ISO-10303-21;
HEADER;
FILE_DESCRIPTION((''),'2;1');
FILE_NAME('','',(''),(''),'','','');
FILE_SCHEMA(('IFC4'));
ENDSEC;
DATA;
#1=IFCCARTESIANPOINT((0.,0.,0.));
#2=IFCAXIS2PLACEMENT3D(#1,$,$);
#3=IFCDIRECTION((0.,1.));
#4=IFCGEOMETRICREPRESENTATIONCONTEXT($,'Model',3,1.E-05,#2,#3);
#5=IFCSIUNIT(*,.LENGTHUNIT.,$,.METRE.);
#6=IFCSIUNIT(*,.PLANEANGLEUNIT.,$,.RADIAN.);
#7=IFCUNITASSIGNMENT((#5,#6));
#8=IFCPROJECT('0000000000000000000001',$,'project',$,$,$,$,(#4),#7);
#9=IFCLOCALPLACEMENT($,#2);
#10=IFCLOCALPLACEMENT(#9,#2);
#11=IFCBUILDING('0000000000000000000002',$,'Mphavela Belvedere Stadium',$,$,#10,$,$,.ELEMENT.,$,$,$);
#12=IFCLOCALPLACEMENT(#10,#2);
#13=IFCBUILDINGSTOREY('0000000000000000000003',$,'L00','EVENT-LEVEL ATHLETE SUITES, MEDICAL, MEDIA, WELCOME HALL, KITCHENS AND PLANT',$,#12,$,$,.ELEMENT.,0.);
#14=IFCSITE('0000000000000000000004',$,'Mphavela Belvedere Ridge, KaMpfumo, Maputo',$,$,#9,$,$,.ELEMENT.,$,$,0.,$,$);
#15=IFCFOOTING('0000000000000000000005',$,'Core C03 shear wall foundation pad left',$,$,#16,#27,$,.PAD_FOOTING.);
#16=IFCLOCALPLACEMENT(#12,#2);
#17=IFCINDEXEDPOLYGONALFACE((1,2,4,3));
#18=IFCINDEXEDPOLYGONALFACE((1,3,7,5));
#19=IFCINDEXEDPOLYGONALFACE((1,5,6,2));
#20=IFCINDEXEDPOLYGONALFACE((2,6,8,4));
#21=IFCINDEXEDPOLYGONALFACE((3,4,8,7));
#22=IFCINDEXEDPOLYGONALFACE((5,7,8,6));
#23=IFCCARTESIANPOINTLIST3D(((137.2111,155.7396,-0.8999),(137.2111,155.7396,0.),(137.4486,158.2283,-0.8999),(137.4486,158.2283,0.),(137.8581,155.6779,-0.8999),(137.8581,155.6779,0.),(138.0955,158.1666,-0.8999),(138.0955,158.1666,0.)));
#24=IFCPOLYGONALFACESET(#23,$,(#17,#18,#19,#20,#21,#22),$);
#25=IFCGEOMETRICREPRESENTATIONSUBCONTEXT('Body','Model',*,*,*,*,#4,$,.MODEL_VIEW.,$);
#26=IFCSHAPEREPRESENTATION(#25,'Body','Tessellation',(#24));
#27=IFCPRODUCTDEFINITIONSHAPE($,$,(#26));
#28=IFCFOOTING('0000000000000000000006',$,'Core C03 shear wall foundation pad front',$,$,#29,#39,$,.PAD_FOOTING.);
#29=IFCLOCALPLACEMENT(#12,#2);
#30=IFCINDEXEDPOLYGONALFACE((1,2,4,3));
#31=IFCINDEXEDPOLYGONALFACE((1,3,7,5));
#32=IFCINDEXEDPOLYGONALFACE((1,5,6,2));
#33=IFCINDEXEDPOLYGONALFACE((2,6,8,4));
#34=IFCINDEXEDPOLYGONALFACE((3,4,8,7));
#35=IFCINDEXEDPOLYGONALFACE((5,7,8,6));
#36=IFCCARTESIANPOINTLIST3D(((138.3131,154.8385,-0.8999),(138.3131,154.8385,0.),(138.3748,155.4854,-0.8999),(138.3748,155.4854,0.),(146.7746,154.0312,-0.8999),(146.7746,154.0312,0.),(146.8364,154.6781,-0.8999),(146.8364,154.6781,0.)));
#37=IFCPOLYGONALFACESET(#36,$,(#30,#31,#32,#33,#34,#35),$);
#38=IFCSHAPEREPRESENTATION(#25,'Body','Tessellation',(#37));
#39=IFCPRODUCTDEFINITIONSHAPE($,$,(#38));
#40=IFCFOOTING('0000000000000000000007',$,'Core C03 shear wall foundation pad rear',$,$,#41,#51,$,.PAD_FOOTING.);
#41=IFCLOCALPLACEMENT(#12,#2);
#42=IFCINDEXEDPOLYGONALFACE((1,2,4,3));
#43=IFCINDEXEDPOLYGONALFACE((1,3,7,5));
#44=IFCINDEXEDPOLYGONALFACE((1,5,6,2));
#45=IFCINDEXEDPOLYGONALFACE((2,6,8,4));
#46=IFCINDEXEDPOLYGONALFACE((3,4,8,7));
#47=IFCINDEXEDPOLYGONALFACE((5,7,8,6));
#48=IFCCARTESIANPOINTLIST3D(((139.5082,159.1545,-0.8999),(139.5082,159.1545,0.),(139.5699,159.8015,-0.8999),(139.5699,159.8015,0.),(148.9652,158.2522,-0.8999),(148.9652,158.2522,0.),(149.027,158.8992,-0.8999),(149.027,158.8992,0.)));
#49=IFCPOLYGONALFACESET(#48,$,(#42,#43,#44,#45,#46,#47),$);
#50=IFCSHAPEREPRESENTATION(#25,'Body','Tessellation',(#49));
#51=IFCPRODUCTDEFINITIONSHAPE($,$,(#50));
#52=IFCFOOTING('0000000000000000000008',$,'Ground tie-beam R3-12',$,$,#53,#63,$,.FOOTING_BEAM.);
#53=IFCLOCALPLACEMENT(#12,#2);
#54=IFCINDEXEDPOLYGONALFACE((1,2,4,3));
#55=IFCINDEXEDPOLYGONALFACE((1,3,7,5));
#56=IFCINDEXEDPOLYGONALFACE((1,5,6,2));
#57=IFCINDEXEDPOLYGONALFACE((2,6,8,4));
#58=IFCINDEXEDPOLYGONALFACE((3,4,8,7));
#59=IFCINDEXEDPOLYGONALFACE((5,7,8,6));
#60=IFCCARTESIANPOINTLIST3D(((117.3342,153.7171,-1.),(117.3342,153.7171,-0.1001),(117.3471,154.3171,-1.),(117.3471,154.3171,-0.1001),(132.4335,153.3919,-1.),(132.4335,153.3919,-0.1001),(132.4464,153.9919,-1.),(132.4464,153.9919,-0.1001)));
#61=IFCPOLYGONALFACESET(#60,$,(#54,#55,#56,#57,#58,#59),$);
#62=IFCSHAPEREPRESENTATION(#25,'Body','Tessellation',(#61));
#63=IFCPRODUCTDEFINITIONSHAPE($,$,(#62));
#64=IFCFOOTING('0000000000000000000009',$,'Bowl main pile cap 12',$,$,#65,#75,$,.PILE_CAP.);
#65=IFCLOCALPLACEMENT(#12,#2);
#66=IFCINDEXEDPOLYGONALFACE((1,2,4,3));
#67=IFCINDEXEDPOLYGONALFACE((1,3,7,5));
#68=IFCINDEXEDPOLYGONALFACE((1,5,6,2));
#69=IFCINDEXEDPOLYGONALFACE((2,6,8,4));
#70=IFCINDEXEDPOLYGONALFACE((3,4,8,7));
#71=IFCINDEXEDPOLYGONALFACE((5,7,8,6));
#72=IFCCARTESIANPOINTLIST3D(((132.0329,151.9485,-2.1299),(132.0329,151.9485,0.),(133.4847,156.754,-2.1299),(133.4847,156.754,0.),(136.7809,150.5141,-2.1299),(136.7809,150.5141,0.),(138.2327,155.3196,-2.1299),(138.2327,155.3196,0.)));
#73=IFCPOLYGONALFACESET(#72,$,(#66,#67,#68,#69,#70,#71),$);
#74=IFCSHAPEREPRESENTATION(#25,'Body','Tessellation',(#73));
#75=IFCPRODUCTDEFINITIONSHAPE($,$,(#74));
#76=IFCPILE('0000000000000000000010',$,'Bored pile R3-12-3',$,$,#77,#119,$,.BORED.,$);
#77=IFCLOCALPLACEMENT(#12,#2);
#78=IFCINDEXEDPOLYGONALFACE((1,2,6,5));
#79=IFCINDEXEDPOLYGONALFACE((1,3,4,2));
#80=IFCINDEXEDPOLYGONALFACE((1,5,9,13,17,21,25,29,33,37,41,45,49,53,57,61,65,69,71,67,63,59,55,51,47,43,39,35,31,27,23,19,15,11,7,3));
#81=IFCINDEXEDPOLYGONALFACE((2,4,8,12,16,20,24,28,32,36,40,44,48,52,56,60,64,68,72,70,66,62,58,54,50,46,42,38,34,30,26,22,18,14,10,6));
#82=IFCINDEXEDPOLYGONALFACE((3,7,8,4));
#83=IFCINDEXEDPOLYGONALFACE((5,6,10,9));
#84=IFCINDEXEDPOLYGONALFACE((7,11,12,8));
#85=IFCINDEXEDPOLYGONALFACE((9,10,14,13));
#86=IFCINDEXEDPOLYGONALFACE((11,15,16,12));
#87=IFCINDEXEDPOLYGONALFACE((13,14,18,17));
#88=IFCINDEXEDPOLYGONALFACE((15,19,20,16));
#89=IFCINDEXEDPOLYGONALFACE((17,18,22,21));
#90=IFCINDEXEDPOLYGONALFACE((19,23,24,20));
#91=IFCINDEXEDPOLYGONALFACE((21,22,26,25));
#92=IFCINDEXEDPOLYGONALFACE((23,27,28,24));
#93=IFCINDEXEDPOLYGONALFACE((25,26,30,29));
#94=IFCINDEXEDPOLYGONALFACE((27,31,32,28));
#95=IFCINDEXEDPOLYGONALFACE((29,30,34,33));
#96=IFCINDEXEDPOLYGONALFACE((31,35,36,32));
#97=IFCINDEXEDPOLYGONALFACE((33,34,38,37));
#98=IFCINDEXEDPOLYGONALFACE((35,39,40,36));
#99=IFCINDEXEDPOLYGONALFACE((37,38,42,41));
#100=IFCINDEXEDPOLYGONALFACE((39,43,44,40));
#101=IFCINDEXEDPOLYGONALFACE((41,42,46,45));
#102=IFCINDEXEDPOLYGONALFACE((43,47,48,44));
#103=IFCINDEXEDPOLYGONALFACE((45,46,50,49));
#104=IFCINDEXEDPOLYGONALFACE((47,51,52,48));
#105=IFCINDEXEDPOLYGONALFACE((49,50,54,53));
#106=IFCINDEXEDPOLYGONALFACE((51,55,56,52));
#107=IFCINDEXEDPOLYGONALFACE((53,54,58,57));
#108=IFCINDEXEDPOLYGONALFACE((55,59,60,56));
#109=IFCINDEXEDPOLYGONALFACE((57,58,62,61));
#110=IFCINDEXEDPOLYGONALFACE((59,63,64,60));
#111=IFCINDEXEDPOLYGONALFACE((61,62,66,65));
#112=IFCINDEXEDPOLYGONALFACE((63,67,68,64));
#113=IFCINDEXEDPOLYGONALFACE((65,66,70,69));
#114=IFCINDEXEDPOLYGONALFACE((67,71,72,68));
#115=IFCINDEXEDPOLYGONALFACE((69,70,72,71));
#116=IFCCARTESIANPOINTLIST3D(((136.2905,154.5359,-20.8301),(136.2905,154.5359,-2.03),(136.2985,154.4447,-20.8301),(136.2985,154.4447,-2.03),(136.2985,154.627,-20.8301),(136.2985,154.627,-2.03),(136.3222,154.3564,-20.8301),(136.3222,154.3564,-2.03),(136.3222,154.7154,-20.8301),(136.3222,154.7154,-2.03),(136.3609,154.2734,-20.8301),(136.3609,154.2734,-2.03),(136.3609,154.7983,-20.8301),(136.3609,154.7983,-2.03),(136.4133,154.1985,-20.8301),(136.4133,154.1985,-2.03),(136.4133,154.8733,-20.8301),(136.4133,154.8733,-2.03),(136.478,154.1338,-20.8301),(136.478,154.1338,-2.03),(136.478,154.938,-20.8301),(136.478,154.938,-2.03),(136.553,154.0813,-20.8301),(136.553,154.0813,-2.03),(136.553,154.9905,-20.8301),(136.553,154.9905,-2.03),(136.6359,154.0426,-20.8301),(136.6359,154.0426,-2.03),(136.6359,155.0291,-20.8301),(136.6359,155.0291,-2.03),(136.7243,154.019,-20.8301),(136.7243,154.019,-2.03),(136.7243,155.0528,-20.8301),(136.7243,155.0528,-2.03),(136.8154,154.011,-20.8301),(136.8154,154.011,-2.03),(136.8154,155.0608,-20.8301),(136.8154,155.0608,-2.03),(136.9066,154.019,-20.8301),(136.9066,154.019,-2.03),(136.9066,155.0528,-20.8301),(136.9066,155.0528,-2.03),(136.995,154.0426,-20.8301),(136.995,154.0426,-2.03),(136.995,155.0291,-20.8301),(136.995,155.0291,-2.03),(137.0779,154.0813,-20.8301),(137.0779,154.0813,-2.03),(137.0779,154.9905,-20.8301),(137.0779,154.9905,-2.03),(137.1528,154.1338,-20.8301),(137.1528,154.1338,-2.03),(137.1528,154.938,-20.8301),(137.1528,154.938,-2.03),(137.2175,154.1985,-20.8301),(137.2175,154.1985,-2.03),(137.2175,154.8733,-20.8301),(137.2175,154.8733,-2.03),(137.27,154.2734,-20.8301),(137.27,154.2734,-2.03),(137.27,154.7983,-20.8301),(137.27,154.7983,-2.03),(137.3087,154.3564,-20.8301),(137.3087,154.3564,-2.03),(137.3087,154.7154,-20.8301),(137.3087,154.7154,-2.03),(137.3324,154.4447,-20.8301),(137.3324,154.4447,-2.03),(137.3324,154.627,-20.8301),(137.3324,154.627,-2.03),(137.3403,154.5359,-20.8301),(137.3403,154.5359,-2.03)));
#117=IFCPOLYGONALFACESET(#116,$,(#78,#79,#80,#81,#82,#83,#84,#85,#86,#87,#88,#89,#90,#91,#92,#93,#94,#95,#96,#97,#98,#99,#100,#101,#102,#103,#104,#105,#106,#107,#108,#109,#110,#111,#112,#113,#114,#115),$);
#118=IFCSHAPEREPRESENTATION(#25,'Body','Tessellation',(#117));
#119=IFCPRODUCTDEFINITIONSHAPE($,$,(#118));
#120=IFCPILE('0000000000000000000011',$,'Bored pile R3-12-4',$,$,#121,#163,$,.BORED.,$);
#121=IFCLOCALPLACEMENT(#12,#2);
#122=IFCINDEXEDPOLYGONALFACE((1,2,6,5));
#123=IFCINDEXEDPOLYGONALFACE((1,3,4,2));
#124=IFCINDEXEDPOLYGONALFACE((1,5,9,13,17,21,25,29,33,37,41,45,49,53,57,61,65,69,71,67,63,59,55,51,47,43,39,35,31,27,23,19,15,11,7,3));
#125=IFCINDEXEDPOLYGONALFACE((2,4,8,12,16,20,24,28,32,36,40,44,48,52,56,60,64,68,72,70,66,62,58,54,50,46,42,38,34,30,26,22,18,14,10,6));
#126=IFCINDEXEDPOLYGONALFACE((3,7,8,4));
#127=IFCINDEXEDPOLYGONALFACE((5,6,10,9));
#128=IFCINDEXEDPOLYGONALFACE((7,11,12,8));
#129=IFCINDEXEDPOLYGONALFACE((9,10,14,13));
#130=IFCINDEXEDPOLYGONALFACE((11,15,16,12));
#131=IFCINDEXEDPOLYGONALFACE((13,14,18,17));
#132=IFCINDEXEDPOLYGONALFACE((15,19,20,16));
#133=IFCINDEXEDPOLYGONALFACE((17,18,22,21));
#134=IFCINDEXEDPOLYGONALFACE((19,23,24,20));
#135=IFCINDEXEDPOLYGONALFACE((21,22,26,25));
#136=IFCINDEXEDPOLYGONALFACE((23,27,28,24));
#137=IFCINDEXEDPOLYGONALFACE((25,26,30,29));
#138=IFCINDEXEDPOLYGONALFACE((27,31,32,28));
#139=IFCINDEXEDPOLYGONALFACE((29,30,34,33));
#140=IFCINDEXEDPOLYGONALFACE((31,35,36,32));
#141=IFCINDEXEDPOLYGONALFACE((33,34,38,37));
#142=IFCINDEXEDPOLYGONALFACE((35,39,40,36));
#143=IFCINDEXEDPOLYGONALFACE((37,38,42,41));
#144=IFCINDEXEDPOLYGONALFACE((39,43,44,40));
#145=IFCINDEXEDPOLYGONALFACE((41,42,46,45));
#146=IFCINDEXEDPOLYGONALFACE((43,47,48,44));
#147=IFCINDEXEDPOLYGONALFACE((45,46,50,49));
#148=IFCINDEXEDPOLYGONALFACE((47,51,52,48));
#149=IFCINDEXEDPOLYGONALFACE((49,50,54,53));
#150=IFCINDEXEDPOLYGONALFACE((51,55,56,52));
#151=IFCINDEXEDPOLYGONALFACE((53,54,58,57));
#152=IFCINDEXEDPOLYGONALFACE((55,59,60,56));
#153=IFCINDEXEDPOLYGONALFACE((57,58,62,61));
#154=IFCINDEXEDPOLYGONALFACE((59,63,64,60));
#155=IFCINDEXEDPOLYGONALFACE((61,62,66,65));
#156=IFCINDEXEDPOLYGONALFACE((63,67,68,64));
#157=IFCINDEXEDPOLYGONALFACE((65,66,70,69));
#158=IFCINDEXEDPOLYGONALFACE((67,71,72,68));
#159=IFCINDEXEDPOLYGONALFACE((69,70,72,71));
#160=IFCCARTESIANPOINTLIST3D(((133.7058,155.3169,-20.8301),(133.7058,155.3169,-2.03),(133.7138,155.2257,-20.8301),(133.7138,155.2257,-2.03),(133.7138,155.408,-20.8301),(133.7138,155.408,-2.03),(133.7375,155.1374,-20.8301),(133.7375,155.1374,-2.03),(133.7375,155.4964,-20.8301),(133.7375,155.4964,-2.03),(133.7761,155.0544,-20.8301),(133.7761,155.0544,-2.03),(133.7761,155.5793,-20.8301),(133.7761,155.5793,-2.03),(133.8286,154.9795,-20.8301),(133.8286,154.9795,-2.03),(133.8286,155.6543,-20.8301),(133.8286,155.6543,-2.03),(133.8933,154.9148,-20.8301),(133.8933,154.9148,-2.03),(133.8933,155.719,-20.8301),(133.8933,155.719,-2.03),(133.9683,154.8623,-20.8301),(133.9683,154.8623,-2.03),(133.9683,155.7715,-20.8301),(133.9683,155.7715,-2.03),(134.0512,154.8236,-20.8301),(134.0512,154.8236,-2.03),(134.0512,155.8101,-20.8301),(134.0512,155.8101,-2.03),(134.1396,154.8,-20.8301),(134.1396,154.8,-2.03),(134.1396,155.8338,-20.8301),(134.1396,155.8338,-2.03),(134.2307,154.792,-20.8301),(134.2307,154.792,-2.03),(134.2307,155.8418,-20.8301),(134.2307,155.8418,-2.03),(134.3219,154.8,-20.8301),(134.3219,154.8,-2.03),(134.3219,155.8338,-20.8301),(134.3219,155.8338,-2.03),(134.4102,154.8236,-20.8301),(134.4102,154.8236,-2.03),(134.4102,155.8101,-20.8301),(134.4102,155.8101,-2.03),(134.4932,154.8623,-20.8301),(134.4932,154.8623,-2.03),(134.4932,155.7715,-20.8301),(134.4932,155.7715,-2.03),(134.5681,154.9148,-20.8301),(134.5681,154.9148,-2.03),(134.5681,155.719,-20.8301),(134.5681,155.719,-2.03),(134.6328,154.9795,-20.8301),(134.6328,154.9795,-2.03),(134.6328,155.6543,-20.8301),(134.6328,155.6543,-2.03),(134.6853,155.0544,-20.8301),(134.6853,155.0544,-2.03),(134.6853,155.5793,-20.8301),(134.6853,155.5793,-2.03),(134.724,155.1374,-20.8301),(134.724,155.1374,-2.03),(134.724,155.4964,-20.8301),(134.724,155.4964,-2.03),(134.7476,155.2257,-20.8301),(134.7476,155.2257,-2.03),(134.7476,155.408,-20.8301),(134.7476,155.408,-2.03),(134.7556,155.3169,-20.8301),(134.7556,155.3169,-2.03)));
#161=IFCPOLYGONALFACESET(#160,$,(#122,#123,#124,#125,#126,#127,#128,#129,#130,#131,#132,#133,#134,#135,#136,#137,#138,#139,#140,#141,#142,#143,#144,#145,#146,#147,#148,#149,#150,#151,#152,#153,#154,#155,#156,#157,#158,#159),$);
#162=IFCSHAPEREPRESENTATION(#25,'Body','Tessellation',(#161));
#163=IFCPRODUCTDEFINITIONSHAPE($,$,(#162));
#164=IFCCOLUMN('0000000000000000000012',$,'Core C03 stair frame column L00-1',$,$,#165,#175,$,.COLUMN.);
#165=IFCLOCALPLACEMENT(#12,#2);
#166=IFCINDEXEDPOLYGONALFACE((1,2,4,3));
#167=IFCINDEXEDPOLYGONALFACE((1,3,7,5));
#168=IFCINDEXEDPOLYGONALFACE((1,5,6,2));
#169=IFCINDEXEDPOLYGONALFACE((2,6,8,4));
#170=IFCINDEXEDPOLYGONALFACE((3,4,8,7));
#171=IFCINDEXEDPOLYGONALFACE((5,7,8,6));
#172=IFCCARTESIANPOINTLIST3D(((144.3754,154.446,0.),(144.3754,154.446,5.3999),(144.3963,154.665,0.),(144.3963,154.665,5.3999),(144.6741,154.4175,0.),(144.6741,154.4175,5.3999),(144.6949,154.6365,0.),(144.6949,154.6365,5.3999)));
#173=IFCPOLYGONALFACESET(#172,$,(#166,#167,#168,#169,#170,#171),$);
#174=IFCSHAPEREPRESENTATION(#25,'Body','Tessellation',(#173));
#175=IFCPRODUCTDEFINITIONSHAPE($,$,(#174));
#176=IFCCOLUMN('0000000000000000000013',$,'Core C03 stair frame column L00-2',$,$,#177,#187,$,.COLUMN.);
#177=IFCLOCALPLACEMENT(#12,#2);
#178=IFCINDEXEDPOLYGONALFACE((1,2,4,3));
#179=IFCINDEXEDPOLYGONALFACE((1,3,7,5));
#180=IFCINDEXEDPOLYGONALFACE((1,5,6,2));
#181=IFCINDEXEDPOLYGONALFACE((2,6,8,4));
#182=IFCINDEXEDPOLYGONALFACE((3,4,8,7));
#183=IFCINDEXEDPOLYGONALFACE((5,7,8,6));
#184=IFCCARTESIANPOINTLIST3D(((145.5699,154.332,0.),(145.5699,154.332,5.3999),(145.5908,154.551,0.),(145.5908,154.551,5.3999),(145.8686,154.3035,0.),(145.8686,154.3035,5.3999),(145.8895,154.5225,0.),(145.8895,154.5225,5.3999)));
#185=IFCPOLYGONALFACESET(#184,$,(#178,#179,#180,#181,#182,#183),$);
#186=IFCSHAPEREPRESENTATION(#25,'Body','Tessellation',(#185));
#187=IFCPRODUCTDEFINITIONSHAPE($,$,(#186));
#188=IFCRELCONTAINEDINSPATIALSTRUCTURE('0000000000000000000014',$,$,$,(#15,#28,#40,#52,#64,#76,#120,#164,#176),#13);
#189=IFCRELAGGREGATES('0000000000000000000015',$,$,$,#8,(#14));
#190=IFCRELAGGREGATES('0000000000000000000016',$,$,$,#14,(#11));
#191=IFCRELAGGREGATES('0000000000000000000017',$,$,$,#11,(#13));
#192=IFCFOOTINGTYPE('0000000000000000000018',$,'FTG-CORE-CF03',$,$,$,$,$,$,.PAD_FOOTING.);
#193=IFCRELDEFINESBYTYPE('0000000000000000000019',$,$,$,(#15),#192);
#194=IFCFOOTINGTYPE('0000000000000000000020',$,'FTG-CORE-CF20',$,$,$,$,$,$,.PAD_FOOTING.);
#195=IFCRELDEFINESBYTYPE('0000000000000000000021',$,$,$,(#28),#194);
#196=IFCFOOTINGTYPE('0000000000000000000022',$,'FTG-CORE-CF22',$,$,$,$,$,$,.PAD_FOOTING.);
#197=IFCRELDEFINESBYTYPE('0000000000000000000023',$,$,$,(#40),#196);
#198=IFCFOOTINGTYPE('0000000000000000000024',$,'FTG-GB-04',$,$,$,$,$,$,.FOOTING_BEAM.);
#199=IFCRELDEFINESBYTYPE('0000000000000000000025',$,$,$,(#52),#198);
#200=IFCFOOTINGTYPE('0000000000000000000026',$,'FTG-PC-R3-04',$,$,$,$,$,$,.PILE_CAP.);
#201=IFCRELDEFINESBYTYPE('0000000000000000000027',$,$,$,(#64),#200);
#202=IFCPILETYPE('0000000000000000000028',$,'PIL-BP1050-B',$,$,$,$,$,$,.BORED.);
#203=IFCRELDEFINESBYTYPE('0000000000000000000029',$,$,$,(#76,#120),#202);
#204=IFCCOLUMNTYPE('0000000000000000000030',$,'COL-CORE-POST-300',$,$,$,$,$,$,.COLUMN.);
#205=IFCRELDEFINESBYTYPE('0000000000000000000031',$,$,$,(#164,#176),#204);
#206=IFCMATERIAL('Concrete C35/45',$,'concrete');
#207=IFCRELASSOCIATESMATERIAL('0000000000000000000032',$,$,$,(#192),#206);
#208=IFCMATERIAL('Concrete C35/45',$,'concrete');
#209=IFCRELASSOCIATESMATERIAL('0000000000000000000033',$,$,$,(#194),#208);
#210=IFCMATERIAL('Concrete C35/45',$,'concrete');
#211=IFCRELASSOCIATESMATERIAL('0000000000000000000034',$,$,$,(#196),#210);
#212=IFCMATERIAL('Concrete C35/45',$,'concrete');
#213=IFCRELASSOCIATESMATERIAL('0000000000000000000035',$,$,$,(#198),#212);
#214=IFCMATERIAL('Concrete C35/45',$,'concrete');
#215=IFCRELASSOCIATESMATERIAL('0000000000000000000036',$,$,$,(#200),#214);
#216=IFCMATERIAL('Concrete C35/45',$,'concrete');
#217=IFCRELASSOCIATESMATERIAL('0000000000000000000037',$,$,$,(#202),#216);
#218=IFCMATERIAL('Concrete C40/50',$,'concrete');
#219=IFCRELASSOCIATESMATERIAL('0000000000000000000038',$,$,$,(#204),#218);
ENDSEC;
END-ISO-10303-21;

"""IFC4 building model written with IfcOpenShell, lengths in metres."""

from ifc_helpers import new_model, si_unit, direction, frame, origin, origin_2d, place, context, subcontext, project, spatial, rectangle, circle, extrude, material, material_profile, profile_set, type_object, element, save


model = new_model("IFC4")

# Units and contexts
model_context = context("Model", 3, precision=1e-05, world=origin(), true_north=direction((0.0, 1.0)))
body_context = subcontext(model_context, "Body", "Model", "MODEL_VIEW")
ifc_project = project(units=[si_unit("LENGTHUNIT", "METRE"), si_unit("PLANEANGLEUNIT", "RADIAN")], contexts=[model_context])

# Site, building, storey
site_placement = place(None, origin())
site = spatial("IfcSite", under=ifc_project, at=site_placement, Name="Mphavela Belvedere Ridge, KaMpfumo, Maputo", CompositionType="ELEMENT", RefElevation=0.0)
building_placement = place(site_placement, origin())
building = spatial("IfcBuilding", under=site, at=building_placement, Name="Mphavela Belvedere Stadium", CompositionType="ELEMENT")
storey_placement = place(building_placement, origin())
storey = spatial("IfcBuildingStorey", under=building, at=storey_placement, Name="L00", Description="EVENT-LEVEL ATHLETE SUITES, MEDICAL, MEDIA, WELCOME HALL, KITCHENS AND PLANT", CompositionType="ELEMENT", Elevation=0.0)

# Footings
ifc_material_1 = material(Name="Concrete C35/45", Category="concrete")
footing_type_1 = type_object("IfcFootingType", Name="FTG-CORE-CF03", PredefinedType="PAD_FOOTING", material=ifc_material_1)
footing_1_placement = place(storey_placement, frame((137.6533, 156.9531, -0.8999), z_axis=(0.0, 0.0, 1.0), x_axis=(0.094977, 0.995479, 0.0)))
element("IfcFooting", 1, at=footing_1_placement, inside=storey, type_object=footing_type_1, Name="Core C03 shear wall foundation pad left", PredefinedType="PAD_FOOTING", context=body_context, shape_type="SweptSolid", body=[
    extrude(rectangle(XDim=2.5, YDim=0.6499, at=origin_2d()), origin(), (0.0, 0.0, 1.0), 0.8999),
])
ifc_material_2 = material(Name="Concrete C35/45", Category="concrete")
footing_type_2 = type_object("IfcFootingType", Name="FTG-CORE-CF20", PredefinedType="PAD_FOOTING", material=ifc_material_2)
footing_2_placement = place(storey_placement, frame((142.5747, 154.7583, -0.8999), z_axis=(0.0, 0.0, 1.0), x_axis=(0.995479, -0.094977, 0.0)))
element("IfcFooting", 2, at=footing_2_placement, inside=storey, type_object=footing_type_2, Name="Core C03 shear wall foundation pad front", PredefinedType="PAD_FOOTING", context=body_context, shape_type="SweptSolid", body=[
    extrude(rectangle(XDim=8.5, YDim=0.6499, at=origin_2d()), origin(), (0.0, 0.0, 1.0), 0.8999),
])
ifc_material_3 = material(Name="Concrete C35/45", Category="concrete")
footing_type_3 = type_object("IfcFootingType", Name="FTG-CORE-CF22", PredefinedType="PAD_FOOTING", material=ifc_material_3)
footing_3_placement = place(storey_placement, frame((144.2676, 159.0269, -0.8999), z_axis=(0.0, 0.0, 1.0), x_axis=(0.995479, -0.094977, 0.0)))
element("IfcFooting", 3, at=footing_3_placement, inside=storey, type_object=footing_type_3, Name="Core C03 shear wall foundation pad rear", PredefinedType="PAD_FOOTING", context=body_context, shape_type="SweptSolid", body=[
    extrude(rectangle(XDim=9.5, YDim=0.6499, at=origin_2d()), origin(), (0.0, 0.0, 1.0), 0.8999),
])
ifc_material_4 = material(Name="Concrete C35/45", Category="concrete")
ifc_material_profile_1 = material_profile(ifc_material_4, rectangle(XDim=0.6001, YDim=0.8999, at=origin_2d()), Name="GB 600x900")
ifc_profile_set_1 = profile_set([ifc_material_profile_1], Name="Concrete C35/45")
footing_type_4 = type_object("IfcFootingType", Name="FTG-GB-04", PredefinedType="FOOTING_BEAM", material=ifc_profile_set_1)
footing_4_placement = place(storey_placement, frame((132.4399, 153.6919, -0.55), z_axis=(-0.999768, 0.021532, 0.0), x_axis=(-0.021532, -0.999768, 0.0)))
element("IfcFooting", 4, at=footing_4_placement, inside=storey, type_object=footing_type_4, Name="Ground tie-beam R3-12", PredefinedType="FOOTING_BEAM", context=body_context, shape_type="SweptSolid", body=[
    extrude(rectangle(XDim=0.6001, YDim=0.8999, at=origin_2d()), origin(), (0.0, 0.0, 1.0), 15.1028),
])
ifc_material_5 = material(Name="Concrete C35/45", Category="concrete")
footing_type_5 = type_object("IfcFootingType", Name="FTG-PC-R3-04", PredefinedType="PILE_CAP", material=ifc_material_5)
footing_5_placement = place(storey_placement, frame((135.1328, 153.634, -2.1299), z_axis=(0.0, 0.0, 1.0), x_axis=(0.289199, 0.957269, 0.0)))
element("IfcFooting", 5, at=footing_5_placement, inside=storey, type_object=footing_type_5, Name="Bowl main pile cap 12", PredefinedType="PILE_CAP", context=body_context, shape_type="SweptSolid", body=[
    extrude(rectangle(XDim=5.02, YDim=4.96, at=origin_2d()), origin(), (0.0, 0.0, 1.0), 2.1299),
])

# Piles
ifc_material_6 = material(Name="Concrete C35/45", Category="concrete")
ifc_material_profile_2 = material_profile(ifc_material_6, circle(Radius=0.5249, at=origin_2d()), Name="BP D1050")
ifc_profile_set_2 = profile_set([ifc_material_profile_2], Name="Concrete C35/45")
pile_type = type_object("IfcPileType", Name="PIL-BP1050-B", PredefinedType="BORED", material=ifc_profile_set_2)
for number, where, z_axis, x_axis, name in (
    (6, (136.8154, 154.5359, -2.03), (0.0, 0.0, -1.0), (1.0, 0.0, 0.0), "Bored pile R3-12-3"),
    (7, (134.2307, 155.3169, -2.03), (0.0, 0.0, -1.0), (1.0, 0.0, 0.0), "Bored pile R3-12-4"),
):
    element("IfcPile", number, at=place(storey_placement, frame(where, z_axis=z_axis, x_axis=x_axis)), inside=storey, type_object=pile_type, Name=name, PredefinedType="BORED", context=body_context, shape_type="SweptSolid", body=[
        extrude(circle(Radius=0.5249, at=origin_2d()), origin(), (0.0, 0.0, 1.0), 18.8),
    ])

# Columns
ifc_material_7 = material(Name="Concrete C40/50", Category="concrete")
ifc_material_profile_3 = material_profile(ifc_material_7, rectangle(XDim=0.3, YDim=0.22, at=origin_2d()), Name="RC 300x220")
ifc_profile_set_3 = profile_set([ifc_material_profile_3], Name="Concrete C40/50")
column_type_1 = type_object("IfcColumnType", Name="COL-CORE-POST-300", PredefinedType="COLUMN", material=ifc_profile_set_3)
for number, where, z_axis, x_axis, name in (
    (8, (144.5352, 154.5413, 0.0), (0.0, 0.0, 1.0), (0.995479, -0.094977, 0.0), "Core C03 stair frame column L00-1"),
    (9, (145.7297, 154.4272, 0.0), (0.0, 0.0, 1.0), (0.995479, -0.094977, 0.0), "Core C03 stair frame column L00-2"),
):
    element("IfcColumn", number, at=place(storey_placement, frame(where, z_axis=z_axis, x_axis=x_axis)), inside=storey, type_object=column_type_1, Name=name, PredefinedType="COLUMN", context=body_context, shape_type="SweptSolid", body=[
        extrude(rectangle(XDim=0.3, YDim=0.22, at=origin_2d()), origin(), (0.0, 0.0, 1.0), 5.3999),
    ])

save(model, "model.ifc")
